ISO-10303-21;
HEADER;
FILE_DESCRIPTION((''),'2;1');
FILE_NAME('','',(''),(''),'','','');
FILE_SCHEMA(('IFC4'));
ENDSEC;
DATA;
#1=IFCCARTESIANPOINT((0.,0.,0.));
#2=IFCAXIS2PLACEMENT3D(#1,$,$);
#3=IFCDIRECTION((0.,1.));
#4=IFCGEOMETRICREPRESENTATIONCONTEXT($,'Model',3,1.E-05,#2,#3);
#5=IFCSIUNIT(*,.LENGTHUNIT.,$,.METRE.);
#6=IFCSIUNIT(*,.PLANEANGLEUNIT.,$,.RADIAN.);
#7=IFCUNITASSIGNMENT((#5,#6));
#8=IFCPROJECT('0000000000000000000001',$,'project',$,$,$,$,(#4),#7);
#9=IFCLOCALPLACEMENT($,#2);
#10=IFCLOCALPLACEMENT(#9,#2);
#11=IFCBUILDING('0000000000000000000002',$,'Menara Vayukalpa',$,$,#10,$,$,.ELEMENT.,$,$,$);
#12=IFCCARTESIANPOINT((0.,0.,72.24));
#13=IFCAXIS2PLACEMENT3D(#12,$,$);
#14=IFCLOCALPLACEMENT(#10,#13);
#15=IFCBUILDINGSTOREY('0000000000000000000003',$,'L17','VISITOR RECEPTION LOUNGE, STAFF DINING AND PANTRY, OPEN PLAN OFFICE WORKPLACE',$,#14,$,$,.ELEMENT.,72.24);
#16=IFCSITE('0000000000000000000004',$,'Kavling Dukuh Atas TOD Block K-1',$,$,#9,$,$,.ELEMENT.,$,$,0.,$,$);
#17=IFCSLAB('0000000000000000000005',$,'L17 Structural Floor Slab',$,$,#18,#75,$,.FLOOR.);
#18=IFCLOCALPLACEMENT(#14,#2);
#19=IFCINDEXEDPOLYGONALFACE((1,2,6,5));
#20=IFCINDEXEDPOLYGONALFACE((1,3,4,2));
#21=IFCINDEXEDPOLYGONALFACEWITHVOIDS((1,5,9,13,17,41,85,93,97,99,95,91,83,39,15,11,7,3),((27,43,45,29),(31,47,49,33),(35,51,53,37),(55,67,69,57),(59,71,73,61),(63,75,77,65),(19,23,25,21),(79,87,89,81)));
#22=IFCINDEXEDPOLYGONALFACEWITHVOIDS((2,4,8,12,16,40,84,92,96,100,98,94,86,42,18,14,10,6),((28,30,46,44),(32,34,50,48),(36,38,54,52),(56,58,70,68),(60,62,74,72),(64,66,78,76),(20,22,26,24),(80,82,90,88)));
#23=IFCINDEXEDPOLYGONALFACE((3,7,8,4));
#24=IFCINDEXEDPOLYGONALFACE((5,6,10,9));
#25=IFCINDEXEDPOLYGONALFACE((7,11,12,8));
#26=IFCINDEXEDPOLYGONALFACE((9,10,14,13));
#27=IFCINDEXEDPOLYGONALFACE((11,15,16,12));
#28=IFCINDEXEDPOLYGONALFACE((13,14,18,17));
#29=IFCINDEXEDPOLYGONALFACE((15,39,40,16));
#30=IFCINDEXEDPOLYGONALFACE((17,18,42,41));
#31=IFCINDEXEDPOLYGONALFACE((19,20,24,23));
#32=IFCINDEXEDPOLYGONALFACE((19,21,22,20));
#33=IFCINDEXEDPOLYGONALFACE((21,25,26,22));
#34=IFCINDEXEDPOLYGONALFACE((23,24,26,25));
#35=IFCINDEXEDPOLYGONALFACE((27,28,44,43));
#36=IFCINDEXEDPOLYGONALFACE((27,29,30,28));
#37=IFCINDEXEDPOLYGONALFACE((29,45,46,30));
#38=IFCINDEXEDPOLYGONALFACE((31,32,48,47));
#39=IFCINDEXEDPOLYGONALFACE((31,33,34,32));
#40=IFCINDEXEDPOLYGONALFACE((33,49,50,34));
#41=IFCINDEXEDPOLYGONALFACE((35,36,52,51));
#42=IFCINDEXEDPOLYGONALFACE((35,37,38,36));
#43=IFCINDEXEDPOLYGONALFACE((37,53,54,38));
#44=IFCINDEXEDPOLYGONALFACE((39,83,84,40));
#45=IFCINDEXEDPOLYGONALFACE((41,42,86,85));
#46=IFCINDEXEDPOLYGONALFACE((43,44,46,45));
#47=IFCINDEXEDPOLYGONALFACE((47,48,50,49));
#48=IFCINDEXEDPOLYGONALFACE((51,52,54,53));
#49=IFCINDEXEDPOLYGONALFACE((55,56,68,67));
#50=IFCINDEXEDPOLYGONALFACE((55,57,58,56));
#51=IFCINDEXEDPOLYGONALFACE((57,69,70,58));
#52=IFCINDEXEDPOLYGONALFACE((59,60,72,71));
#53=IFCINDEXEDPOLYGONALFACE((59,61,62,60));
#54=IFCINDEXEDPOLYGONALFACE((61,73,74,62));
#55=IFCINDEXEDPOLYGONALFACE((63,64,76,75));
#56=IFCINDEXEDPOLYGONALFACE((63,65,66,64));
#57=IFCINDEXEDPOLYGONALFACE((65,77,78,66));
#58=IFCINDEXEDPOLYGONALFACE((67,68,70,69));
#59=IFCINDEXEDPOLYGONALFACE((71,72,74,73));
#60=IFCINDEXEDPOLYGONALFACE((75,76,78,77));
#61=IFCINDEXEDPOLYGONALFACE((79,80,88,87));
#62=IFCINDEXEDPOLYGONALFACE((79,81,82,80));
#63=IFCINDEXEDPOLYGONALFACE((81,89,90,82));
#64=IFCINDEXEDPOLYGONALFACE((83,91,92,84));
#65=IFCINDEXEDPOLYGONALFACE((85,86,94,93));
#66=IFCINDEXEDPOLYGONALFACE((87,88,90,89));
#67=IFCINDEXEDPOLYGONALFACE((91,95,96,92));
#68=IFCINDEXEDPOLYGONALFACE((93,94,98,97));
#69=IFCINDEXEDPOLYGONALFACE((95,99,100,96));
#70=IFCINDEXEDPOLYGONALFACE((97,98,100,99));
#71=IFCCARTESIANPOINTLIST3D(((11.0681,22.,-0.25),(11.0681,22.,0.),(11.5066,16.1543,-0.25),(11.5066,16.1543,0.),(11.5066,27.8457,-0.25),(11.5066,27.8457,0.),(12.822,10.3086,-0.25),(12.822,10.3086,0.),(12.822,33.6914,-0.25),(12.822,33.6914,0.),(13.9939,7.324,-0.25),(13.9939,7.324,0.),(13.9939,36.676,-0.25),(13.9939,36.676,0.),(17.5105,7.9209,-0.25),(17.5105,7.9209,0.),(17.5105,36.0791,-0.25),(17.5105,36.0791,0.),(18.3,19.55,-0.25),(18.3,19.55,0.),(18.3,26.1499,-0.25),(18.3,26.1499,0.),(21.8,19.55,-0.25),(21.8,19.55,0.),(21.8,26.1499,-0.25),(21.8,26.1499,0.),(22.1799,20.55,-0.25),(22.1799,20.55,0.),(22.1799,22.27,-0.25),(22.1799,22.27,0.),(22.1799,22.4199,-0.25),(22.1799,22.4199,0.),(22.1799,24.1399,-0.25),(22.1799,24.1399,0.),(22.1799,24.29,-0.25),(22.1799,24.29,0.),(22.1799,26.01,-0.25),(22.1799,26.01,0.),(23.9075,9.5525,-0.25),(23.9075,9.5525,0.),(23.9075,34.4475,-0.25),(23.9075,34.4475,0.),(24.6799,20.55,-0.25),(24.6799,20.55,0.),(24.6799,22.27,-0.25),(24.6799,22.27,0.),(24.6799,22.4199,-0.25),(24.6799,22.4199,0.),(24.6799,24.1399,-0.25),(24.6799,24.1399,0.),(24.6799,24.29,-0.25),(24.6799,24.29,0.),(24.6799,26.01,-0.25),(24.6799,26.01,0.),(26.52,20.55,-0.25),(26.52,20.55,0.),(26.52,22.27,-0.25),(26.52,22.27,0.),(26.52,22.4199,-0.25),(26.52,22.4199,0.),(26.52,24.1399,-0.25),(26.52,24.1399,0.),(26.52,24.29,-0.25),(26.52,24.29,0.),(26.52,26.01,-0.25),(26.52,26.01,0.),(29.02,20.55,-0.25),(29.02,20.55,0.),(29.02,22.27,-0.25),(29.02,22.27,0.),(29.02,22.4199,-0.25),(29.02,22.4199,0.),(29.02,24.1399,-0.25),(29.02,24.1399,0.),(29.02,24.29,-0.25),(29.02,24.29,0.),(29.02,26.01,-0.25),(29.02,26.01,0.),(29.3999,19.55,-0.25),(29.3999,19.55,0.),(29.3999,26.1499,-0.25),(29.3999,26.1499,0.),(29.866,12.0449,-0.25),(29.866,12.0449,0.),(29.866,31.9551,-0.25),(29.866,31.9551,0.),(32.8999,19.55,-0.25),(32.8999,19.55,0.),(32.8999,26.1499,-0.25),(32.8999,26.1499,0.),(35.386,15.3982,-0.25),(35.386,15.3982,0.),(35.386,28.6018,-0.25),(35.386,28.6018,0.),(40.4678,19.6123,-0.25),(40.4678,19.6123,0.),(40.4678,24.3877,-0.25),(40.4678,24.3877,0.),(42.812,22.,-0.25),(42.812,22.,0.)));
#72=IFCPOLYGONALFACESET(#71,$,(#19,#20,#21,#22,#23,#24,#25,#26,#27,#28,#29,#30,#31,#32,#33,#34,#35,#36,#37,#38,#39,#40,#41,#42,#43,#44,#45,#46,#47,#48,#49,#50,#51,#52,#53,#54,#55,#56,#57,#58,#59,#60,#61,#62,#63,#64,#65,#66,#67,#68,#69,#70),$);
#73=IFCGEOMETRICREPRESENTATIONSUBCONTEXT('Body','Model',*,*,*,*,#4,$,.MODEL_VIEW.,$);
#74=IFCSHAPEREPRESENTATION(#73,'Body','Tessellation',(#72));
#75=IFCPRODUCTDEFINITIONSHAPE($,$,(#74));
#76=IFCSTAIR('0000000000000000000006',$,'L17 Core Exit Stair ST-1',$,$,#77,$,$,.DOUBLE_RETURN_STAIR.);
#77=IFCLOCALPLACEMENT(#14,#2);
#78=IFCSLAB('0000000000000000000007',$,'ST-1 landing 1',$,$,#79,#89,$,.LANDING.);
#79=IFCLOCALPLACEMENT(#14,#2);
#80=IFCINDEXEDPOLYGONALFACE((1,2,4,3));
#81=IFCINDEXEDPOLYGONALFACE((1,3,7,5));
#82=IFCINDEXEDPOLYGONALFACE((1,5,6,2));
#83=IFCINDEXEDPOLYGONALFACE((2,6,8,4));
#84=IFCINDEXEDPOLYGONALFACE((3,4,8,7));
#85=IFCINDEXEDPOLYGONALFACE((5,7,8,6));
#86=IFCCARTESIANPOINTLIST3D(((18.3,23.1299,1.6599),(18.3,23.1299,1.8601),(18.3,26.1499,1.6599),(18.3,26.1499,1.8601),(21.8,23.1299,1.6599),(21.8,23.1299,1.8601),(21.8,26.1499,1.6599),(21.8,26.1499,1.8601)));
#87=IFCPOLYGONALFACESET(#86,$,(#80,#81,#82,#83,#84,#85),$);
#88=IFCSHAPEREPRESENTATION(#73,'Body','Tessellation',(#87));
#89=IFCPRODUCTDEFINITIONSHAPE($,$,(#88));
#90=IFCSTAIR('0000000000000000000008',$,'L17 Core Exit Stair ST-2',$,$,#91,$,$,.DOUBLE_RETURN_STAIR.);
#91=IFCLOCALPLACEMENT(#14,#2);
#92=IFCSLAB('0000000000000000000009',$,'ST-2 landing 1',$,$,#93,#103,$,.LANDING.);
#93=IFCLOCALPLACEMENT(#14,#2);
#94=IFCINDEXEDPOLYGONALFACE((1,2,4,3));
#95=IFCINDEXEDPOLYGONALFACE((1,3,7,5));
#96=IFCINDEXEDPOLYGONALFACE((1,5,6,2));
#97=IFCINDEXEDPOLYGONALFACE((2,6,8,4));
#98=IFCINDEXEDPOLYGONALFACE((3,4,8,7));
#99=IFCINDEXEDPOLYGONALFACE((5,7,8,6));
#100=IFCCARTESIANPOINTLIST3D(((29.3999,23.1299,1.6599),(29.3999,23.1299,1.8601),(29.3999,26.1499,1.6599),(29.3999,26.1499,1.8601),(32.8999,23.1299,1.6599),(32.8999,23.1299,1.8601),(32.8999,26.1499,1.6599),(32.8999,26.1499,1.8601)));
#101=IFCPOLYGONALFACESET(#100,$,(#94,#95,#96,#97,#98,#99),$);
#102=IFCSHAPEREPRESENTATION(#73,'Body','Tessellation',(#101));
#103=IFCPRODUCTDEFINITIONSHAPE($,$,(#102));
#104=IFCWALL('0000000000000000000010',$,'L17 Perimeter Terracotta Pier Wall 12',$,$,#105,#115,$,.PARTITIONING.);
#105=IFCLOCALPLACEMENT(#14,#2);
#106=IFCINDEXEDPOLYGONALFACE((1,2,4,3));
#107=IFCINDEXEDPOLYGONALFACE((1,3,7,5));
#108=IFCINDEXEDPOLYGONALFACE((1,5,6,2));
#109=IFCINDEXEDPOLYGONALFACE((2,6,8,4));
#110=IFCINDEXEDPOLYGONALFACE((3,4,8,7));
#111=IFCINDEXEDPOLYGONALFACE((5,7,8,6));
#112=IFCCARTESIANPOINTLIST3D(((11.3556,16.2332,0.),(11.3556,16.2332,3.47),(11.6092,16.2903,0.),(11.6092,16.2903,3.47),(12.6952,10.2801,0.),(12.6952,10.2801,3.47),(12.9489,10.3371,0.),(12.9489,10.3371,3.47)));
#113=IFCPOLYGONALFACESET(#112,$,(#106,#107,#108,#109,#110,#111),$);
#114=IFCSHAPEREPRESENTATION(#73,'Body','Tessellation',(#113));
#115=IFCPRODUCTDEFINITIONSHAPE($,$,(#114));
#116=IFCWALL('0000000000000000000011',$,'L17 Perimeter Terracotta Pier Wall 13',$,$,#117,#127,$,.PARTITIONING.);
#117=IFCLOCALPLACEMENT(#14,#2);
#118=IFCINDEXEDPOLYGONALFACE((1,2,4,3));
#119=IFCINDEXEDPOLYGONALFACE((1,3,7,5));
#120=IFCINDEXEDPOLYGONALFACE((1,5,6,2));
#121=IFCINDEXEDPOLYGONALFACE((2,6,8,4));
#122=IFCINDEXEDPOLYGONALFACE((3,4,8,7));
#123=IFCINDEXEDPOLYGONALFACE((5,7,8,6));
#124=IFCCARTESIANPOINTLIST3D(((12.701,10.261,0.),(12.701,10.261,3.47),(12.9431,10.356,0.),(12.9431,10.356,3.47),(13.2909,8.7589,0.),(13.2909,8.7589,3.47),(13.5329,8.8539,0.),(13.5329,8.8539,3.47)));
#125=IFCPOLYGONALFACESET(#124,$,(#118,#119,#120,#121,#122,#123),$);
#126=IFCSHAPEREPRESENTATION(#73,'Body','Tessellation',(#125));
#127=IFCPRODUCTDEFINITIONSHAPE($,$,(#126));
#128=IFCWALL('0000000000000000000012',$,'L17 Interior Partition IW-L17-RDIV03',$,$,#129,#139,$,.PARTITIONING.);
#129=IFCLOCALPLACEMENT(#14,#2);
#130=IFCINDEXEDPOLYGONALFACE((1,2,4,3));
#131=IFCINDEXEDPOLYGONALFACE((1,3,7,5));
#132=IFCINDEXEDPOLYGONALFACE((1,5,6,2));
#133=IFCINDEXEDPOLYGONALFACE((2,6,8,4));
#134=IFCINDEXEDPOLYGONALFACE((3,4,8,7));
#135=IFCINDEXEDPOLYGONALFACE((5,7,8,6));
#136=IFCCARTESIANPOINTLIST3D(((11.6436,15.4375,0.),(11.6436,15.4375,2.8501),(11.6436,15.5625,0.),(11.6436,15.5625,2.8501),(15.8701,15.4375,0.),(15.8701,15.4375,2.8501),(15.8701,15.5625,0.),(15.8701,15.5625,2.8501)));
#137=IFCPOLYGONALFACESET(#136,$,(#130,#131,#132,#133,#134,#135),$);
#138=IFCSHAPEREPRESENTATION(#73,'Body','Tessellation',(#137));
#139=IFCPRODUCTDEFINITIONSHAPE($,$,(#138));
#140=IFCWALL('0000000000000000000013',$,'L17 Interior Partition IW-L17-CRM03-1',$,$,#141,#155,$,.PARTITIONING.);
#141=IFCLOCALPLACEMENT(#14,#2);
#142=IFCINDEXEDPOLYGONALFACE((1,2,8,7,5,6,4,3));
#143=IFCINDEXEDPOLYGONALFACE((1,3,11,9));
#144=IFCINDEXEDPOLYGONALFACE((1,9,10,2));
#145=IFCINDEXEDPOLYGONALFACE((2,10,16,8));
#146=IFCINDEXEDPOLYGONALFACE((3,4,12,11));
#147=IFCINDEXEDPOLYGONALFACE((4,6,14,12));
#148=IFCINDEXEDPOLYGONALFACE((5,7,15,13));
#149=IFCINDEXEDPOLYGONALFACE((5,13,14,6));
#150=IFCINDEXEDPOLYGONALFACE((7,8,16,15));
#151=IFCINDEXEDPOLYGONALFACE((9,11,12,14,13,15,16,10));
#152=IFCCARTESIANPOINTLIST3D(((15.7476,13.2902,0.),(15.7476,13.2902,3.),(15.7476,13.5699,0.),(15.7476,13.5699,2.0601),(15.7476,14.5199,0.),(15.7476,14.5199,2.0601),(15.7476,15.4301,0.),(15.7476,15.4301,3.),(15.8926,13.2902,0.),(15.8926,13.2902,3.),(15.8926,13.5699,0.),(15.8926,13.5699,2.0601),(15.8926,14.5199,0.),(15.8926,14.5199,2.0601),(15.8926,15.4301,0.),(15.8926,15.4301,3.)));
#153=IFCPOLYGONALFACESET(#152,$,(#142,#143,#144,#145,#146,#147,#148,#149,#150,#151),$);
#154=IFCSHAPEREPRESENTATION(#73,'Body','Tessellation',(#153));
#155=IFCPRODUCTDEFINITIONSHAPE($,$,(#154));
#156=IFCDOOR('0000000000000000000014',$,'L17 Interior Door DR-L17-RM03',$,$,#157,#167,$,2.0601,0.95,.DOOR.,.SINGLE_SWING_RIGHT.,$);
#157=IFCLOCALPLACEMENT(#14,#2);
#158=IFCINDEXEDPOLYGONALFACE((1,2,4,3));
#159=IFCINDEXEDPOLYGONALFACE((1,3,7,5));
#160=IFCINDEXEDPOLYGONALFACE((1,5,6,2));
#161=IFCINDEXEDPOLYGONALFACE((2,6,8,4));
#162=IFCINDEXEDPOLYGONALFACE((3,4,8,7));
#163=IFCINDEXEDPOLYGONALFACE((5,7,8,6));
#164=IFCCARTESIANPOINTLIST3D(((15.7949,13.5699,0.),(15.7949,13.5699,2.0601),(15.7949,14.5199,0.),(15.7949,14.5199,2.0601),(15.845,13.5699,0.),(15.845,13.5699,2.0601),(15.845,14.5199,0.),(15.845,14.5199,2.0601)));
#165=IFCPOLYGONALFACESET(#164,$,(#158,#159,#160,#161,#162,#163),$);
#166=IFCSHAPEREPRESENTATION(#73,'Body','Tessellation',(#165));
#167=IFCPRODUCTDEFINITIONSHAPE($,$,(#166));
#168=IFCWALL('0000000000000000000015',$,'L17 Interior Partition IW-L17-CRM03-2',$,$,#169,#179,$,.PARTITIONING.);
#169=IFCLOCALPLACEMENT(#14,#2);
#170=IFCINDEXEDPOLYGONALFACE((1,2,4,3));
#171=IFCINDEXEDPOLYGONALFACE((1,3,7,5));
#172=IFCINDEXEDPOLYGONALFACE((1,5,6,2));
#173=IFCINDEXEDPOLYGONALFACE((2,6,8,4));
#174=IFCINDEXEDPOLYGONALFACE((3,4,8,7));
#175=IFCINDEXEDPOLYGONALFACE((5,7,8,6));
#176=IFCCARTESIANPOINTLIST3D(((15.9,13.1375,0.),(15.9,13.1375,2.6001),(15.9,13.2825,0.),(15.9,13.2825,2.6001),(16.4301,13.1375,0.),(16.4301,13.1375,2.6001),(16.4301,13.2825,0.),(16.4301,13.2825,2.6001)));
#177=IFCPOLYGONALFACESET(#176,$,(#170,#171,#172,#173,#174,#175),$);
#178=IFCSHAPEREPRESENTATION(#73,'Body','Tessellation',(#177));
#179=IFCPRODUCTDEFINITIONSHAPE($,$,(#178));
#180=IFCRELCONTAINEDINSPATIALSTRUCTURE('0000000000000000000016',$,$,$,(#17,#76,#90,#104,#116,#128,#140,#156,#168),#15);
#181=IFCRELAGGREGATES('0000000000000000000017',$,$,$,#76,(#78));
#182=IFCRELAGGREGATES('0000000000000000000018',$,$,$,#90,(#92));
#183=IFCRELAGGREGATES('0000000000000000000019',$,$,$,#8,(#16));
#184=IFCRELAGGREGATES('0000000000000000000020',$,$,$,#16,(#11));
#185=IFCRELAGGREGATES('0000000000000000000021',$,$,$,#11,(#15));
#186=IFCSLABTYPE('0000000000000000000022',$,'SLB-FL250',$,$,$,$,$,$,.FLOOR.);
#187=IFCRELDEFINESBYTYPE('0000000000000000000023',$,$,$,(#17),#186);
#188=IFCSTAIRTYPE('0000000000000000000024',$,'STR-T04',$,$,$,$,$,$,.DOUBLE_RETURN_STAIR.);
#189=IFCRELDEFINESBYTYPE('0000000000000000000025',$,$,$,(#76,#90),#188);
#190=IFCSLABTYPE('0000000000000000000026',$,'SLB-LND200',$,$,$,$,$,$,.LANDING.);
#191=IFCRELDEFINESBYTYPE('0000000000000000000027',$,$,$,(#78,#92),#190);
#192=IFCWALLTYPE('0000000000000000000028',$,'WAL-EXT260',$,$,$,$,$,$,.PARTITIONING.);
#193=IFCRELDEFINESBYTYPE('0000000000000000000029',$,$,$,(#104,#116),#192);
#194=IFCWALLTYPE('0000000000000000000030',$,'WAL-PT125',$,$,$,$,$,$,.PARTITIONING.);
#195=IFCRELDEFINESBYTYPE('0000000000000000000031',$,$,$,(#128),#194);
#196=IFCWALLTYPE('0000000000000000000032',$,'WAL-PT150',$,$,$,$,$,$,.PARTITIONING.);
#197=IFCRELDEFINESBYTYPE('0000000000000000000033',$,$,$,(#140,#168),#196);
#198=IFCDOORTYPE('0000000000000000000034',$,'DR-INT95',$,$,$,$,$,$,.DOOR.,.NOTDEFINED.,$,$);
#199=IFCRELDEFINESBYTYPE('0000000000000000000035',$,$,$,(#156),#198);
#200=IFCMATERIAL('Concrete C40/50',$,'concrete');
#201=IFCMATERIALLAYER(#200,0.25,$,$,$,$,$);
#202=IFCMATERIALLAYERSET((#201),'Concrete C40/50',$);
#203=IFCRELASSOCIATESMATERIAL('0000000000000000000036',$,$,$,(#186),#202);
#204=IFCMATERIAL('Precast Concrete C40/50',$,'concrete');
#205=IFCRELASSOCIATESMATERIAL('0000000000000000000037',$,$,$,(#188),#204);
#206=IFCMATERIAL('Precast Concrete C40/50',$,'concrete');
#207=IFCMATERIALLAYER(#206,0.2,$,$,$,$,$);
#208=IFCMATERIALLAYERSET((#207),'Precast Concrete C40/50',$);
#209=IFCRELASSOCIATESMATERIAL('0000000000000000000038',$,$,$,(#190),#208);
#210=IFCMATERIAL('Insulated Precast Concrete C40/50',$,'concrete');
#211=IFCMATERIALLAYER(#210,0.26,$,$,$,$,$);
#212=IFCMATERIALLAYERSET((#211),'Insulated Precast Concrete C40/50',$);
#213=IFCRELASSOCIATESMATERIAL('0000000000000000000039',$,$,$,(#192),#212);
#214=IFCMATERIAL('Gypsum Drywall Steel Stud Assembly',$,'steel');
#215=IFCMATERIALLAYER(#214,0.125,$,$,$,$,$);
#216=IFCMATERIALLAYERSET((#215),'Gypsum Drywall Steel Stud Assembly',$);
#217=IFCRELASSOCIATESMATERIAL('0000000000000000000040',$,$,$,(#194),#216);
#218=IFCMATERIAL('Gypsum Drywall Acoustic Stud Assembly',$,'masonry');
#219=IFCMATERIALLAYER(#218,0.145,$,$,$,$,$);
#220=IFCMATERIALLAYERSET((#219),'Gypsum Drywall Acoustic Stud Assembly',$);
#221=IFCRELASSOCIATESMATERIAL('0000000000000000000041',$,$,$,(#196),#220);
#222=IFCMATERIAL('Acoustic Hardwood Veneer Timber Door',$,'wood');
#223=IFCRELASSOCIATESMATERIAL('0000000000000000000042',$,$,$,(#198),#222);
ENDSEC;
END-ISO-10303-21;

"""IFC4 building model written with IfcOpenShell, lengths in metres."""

from ifc_helpers import new_model, si_unit, direction, frame, frame_2d, origin, place, context, subcontext, project, spatial, polyline, rectangle, outline, extrude, material, layer, layer_set, type_object, element, fill, aggregate, save


model = new_model("IFC4")

# Units and contexts
model_context = context("Model", 3, precision=1e-05, world=origin(), true_north=direction((0.0, 1.0)))
body_context = subcontext(model_context, "Body", "Model", "MODEL_VIEW")
ifc_project = project(units=[si_unit("LENGTHUNIT", "METRE"), si_unit("PLANEANGLEUNIT", "RADIAN")], contexts=[model_context])

# Site, building, storey
site_placement = place(None, origin())
site = spatial("IfcSite", under=ifc_project, at=site_placement, Name="Kavling Dukuh Atas TOD Block K-1", CompositionType="ELEMENT", RefElevation=0.0)
building_placement = place(site_placement, origin())
building = spatial("IfcBuilding", under=site, at=building_placement, Name="Menara Vayukalpa", CompositionType="ELEMENT")
storey_placement = place(building_placement, frame((0.0, 0.0, 72.24)))
storey = spatial("IfcBuildingStorey", under=building, at=storey_placement, Name="L17", Description="VISITOR RECEPTION LOUNGE, STAFF DINING AND PANTRY, OPEN PLAN OFFICE WORKPLACE", CompositionType="ELEMENT", Elevation=72.24)

# Slab
ifc_material_1 = material(Name="Concrete C40/50", Category="concrete")
ifc_layer_1 = layer(ifc_material_1, 0.25)
ifc_layer_set_1 = layer_set([ifc_layer_1], Name="Concrete C40/50")
slab_type_1 = type_object("IfcSlabType", Name="SLB-FL250", PredefinedType="FLOOR", material=ifc_layer_set_1)
slab_1_placement = place(storey_placement, frame((0.0, 0.0, -0.25)))
element("IfcSlab", 1, at=slab_1_placement, inside=storey, type_object=slab_type_1, Name="L17 Structural Floor Slab", PredefinedType="FLOOR", context=body_context, shape_type="SweptSolid", body=[
    extrude(outline(polyline([(40.4678, 19.6123), (42.812, 22.0), (40.4678, 24.3877), (35.386, 28.6018), (29.866, 31.9551), (23.9075, 34.4475), (17.5105, 36.0791), (13.9939, 36.676), (12.822, 33.6914), (11.5066, 27.8457), (11.0681, 22.0), (11.5066, 16.1543), (12.822, 10.3086), (13.9939, 7.324), (17.5105, 7.9209), (23.9075, 9.5525), (29.866, 12.0449), (35.386, 15.3982), (40.4678, 19.6123)]), holes=[polyline([(21.8, 19.55), (21.8, 26.1499), (18.3, 26.1499), (18.3, 19.55), (21.8, 19.55)]), polyline([(32.8999, 19.55), (32.8999, 26.1499), (29.3999, 26.1499), (29.3999, 19.55), (32.8999, 19.55)]), polyline([(22.1799, 20.55), (24.6799, 20.55), (24.6799, 22.27), (22.1799, 22.27), (22.1799, 20.55)]), polyline([(26.52, 20.55), (29.02, 20.55), (29.02, 22.27), (26.52, 22.27), (26.52, 20.55)]), polyline([(22.1799, 22.4199), (24.6799, 22.4199), (24.6799, 24.1399), (22.1799, 24.1399), (22.1799, 22.4199)]), polyline([(22.1799, 24.29), (24.6799, 24.29), (24.6799, 26.01), (22.1799, 26.01), (22.1799, 24.29)]), polyline([(26.52, 24.29), (29.02, 24.29), (29.02, 26.01), (26.52, 26.01), (26.52, 24.29)]), polyline([(26.52, 22.4199), (29.02, 22.4199), (29.02, 24.1399), (26.52, 24.1399), (26.52, 22.4199)])]), origin(), (0.0, 0.0, 1.0), 0.25),
])

# Stairs, slabs
ifc_material_2 = material(Name="Precast Concrete C40/50", Category="concrete")
stair_type = type_object("IfcStairType", Name="STR-T04", PredefinedType="DOUBLE_RETURN_STAIR", material=ifc_material_2)
stair_1_placement = place(storey_placement, origin())
stair_1 = element("IfcStair", 2, at=stair_1_placement, inside=storey, type_object=stair_type, Name="L17 Core Exit Stair ST-1", PredefinedType="DOUBLE_RETURN_STAIR")
ifc_material_3 = material(Name="Precast Concrete C40/50", Category="concrete")
ifc_layer_2 = layer(ifc_material_3, 0.2)
ifc_layer_set_2 = layer_set([ifc_layer_2], Name="Precast Concrete C40/50")
slab_type_2 = type_object("IfcSlabType", Name="SLB-LND200", PredefinedType="LANDING", material=ifc_layer_set_2)
slab_2_placement = place(storey_placement, frame((0.0, 0.0, 1.6599)))
slab_2 = element("IfcSlab", 3, at=slab_2_placement, type_object=slab_type_2, Name="ST-1 landing 1", PredefinedType="LANDING", context=body_context, shape_type="SweptSolid", body=[
    extrude(outline(polyline([(21.8, 23.1299), (21.8, 26.1499), (18.3, 26.1499), (18.3, 23.1299), (21.8, 23.1299)])), origin(), (0.0, 0.0, 1.0), 0.2002),
])
aggregate(stair_1, [slab_2])
stair_2_placement = place(storey_placement, origin())
stair_2 = element("IfcStair", 4, at=stair_2_placement, inside=storey, type_object=stair_type, Name="L17 Core Exit Stair ST-2", PredefinedType="DOUBLE_RETURN_STAIR")
slab_3_placement = place(storey_placement, frame((0.0, 0.0, 1.6599)))
slab_3 = element("IfcSlab", 5, at=slab_3_placement, type_object=slab_type_2, Name="ST-2 landing 1", PredefinedType="LANDING", context=body_context, shape_type="SweptSolid", body=[
    extrude(outline(polyline([(32.8999, 23.1299), (32.8999, 26.1499), (29.3999, 26.1499), (29.3999, 23.1299), (32.8999, 23.1299)])), origin(), (0.0, 0.0, 1.0), 0.2002),
])
aggregate(stair_2, [slab_3])

# Walls
ifc_material_4 = material(Name="Insulated Precast Concrete C40/50", Category="concrete")
ifc_layer_3 = layer(ifc_material_4, 0.26)
ifc_layer_set_3 = layer_set([ifc_layer_3], Name="Insulated Precast Concrete C40/50")
wall_type_1 = type_object("IfcWallType", Name="WAL-EXT260", PredefinedType="PARTITIONING", material=ifc_layer_set_3)
wall_1_placement = place(storey_placement, frame((12.822, 10.3086, 0.0), z_axis=(0.0, 0.0, 1.0), x_axis=(-0.219535, 0.975605, 0.0)))
element("IfcWall", 6, at=wall_1_placement, inside=storey, type_object=wall_type_1, Name="L17 Perimeter Terracotta Pier Wall 12", PredefinedType="PARTITIONING", context=body_context, shape_type="SweptSolid", body=[
    extrude(rectangle(XDim=6.1021, YDim=0.26, at=frame_2d((3.051, 0.0))), origin(), (0.0, 0.0, 1.0), 3.47),
])
wall_2_placement = place(storey_placement, frame((13.4119, 8.8064, 0.0), z_axis=(0.0, 0.0, 1.0), x_axis=(-0.365489, 0.930816, 0.0)))
element("IfcWall", 7, at=wall_2_placement, inside=storey, type_object=wall_type_1, Name="L17 Perimeter Terracotta Pier Wall 13", PredefinedType="PARTITIONING", context=body_context, shape_type="SweptSolid", body=[
    extrude(rectangle(XDim=1.6138, YDim=0.26, at=frame_2d((0.8069, 0.0))), origin(), (0.0, 0.0, 1.0), 3.47),
])
ifc_material_5 = material(Name="Gypsum Drywall Steel Stud Assembly", Category="steel")
ifc_layer_4 = layer(ifc_material_5, 0.125)
ifc_layer_set_4 = layer_set([ifc_layer_4], Name="Gypsum Drywall Steel Stud Assembly")
wall_type_2 = type_object("IfcWallType", Name="WAL-PT125", PredefinedType="PARTITIONING", material=ifc_layer_set_4)
wall_3_placement = place(storey_placement, frame((11.6436, 15.5, 0.0), z_axis=(0.0, 0.0, 1.0), x_axis=(1.0, 0.0, 0.0)))
element("IfcWall", 8, at=wall_3_placement, inside=storey, type_object=wall_type_2, Name="L17 Interior Partition IW-L17-RDIV03", PredefinedType="PARTITIONING", context=body_context, shape_type="SweptSolid", body=[
    extrude(rectangle(XDim=4.2266, YDim=0.125, at=frame_2d((2.1133, 0.0))), origin(), (0.0, 0.0, 1.0), 2.8501),
])

# Wall, opening, door
ifc_material_6 = material(Name="Gypsum Drywall Acoustic Stud Assembly", Category="masonry")
ifc_layer_5 = layer(ifc_material_6, 0.145)
ifc_layer_set_5 = layer_set([ifc_layer_5], Name="Gypsum Drywall Acoustic Stud Assembly")
wall_type_3 = type_object("IfcWallType", Name="WAL-PT150", PredefinedType="PARTITIONING", material=ifc_layer_set_5)
wall_4_placement = place(storey_placement, frame((15.8201, 15.4299, 0.0), z_axis=(0.0, 0.0, 1.0), x_axis=(0.0, -1.0, 0.0)))
wall_4 = element("IfcWall", 9, at=wall_4_placement, inside=storey, type_object=wall_type_3, Name="L17 Interior Partition IW-L17-CRM03-1", PredefinedType="PARTITIONING", context=body_context, shape_type="SweptSolid", body=[
    extrude(rectangle(XDim=2.1399, YDim=0.145, at=frame_2d((1.0698, 0.0))), origin(), (0.0, 0.0, 1.0), 3.0),
])
opening_placement = place(wall_4_placement, frame((0.9099, 0.0, 0.0)))
opening = element("IfcOpeningElement", 10, at=opening_placement, cuts=wall_4, PredefinedType="OPENING", context=body_context, shape_type="SweptSolid", body=[
    extrude(rectangle(XDim=0.95, YDim=2.0601, at=frame_2d((0.4751, 1.03))), frame((0.0, 0.0825, 0.0), z_axis=(0.0, -1.0, 0.0), x_axis=(1.0, 0.0, 0.0)), (0.0, 0.0, 1.0), 0.165),
])
ifc_material_7 = material(Name="Acoustic Hardwood Veneer Timber Door", Category="wood")
door_type = type_object("IfcDoorType", Name="DR-INT95", OperationType="NOTDEFINED", PredefinedType="DOOR", material=ifc_material_7)
door_placement = place(opening_placement, origin())
door = element("IfcDoor", 11, at=door_placement, inside=storey, type_object=door_type, Name="L17 Interior Door DR-L17-RM03", OperationType="SINGLE_SWING_RIGHT", OverallHeight=2.0601, OverallWidth=0.95, PredefinedType="DOOR", context=body_context, shape_type="SweptSolid", body=[
    extrude(rectangle(XDim=0.95, YDim=2.0601, at=frame_2d((0.4751, 1.03))), frame((0.0, 0.0249, 0.0), z_axis=(0.0, -1.0, 0.0), x_axis=(1.0, 0.0, 0.0)), (0.0, 0.0, 1.0), 0.05),
])
fill(opening, door)

# Wall
wall_5_placement = place(storey_placement, frame((15.8999, 13.21, 0.0), z_axis=(0.0, 0.0, 1.0), x_axis=(1.0, 0.0, 0.0)))
element("IfcWall", 12, at=wall_5_placement, inside=storey, type_object=wall_type_3, Name="L17 Interior Partition IW-L17-CRM03-2", PredefinedType="PARTITIONING", context=body_context, shape_type="SweptSolid", body=[
    extrude(rectangle(XDim=0.53, YDim=0.145, at=frame_2d((0.2651, 0.0))), origin(), (0.0, 0.0, 1.0), 2.6001),
])

save(model, "model.ifc")
